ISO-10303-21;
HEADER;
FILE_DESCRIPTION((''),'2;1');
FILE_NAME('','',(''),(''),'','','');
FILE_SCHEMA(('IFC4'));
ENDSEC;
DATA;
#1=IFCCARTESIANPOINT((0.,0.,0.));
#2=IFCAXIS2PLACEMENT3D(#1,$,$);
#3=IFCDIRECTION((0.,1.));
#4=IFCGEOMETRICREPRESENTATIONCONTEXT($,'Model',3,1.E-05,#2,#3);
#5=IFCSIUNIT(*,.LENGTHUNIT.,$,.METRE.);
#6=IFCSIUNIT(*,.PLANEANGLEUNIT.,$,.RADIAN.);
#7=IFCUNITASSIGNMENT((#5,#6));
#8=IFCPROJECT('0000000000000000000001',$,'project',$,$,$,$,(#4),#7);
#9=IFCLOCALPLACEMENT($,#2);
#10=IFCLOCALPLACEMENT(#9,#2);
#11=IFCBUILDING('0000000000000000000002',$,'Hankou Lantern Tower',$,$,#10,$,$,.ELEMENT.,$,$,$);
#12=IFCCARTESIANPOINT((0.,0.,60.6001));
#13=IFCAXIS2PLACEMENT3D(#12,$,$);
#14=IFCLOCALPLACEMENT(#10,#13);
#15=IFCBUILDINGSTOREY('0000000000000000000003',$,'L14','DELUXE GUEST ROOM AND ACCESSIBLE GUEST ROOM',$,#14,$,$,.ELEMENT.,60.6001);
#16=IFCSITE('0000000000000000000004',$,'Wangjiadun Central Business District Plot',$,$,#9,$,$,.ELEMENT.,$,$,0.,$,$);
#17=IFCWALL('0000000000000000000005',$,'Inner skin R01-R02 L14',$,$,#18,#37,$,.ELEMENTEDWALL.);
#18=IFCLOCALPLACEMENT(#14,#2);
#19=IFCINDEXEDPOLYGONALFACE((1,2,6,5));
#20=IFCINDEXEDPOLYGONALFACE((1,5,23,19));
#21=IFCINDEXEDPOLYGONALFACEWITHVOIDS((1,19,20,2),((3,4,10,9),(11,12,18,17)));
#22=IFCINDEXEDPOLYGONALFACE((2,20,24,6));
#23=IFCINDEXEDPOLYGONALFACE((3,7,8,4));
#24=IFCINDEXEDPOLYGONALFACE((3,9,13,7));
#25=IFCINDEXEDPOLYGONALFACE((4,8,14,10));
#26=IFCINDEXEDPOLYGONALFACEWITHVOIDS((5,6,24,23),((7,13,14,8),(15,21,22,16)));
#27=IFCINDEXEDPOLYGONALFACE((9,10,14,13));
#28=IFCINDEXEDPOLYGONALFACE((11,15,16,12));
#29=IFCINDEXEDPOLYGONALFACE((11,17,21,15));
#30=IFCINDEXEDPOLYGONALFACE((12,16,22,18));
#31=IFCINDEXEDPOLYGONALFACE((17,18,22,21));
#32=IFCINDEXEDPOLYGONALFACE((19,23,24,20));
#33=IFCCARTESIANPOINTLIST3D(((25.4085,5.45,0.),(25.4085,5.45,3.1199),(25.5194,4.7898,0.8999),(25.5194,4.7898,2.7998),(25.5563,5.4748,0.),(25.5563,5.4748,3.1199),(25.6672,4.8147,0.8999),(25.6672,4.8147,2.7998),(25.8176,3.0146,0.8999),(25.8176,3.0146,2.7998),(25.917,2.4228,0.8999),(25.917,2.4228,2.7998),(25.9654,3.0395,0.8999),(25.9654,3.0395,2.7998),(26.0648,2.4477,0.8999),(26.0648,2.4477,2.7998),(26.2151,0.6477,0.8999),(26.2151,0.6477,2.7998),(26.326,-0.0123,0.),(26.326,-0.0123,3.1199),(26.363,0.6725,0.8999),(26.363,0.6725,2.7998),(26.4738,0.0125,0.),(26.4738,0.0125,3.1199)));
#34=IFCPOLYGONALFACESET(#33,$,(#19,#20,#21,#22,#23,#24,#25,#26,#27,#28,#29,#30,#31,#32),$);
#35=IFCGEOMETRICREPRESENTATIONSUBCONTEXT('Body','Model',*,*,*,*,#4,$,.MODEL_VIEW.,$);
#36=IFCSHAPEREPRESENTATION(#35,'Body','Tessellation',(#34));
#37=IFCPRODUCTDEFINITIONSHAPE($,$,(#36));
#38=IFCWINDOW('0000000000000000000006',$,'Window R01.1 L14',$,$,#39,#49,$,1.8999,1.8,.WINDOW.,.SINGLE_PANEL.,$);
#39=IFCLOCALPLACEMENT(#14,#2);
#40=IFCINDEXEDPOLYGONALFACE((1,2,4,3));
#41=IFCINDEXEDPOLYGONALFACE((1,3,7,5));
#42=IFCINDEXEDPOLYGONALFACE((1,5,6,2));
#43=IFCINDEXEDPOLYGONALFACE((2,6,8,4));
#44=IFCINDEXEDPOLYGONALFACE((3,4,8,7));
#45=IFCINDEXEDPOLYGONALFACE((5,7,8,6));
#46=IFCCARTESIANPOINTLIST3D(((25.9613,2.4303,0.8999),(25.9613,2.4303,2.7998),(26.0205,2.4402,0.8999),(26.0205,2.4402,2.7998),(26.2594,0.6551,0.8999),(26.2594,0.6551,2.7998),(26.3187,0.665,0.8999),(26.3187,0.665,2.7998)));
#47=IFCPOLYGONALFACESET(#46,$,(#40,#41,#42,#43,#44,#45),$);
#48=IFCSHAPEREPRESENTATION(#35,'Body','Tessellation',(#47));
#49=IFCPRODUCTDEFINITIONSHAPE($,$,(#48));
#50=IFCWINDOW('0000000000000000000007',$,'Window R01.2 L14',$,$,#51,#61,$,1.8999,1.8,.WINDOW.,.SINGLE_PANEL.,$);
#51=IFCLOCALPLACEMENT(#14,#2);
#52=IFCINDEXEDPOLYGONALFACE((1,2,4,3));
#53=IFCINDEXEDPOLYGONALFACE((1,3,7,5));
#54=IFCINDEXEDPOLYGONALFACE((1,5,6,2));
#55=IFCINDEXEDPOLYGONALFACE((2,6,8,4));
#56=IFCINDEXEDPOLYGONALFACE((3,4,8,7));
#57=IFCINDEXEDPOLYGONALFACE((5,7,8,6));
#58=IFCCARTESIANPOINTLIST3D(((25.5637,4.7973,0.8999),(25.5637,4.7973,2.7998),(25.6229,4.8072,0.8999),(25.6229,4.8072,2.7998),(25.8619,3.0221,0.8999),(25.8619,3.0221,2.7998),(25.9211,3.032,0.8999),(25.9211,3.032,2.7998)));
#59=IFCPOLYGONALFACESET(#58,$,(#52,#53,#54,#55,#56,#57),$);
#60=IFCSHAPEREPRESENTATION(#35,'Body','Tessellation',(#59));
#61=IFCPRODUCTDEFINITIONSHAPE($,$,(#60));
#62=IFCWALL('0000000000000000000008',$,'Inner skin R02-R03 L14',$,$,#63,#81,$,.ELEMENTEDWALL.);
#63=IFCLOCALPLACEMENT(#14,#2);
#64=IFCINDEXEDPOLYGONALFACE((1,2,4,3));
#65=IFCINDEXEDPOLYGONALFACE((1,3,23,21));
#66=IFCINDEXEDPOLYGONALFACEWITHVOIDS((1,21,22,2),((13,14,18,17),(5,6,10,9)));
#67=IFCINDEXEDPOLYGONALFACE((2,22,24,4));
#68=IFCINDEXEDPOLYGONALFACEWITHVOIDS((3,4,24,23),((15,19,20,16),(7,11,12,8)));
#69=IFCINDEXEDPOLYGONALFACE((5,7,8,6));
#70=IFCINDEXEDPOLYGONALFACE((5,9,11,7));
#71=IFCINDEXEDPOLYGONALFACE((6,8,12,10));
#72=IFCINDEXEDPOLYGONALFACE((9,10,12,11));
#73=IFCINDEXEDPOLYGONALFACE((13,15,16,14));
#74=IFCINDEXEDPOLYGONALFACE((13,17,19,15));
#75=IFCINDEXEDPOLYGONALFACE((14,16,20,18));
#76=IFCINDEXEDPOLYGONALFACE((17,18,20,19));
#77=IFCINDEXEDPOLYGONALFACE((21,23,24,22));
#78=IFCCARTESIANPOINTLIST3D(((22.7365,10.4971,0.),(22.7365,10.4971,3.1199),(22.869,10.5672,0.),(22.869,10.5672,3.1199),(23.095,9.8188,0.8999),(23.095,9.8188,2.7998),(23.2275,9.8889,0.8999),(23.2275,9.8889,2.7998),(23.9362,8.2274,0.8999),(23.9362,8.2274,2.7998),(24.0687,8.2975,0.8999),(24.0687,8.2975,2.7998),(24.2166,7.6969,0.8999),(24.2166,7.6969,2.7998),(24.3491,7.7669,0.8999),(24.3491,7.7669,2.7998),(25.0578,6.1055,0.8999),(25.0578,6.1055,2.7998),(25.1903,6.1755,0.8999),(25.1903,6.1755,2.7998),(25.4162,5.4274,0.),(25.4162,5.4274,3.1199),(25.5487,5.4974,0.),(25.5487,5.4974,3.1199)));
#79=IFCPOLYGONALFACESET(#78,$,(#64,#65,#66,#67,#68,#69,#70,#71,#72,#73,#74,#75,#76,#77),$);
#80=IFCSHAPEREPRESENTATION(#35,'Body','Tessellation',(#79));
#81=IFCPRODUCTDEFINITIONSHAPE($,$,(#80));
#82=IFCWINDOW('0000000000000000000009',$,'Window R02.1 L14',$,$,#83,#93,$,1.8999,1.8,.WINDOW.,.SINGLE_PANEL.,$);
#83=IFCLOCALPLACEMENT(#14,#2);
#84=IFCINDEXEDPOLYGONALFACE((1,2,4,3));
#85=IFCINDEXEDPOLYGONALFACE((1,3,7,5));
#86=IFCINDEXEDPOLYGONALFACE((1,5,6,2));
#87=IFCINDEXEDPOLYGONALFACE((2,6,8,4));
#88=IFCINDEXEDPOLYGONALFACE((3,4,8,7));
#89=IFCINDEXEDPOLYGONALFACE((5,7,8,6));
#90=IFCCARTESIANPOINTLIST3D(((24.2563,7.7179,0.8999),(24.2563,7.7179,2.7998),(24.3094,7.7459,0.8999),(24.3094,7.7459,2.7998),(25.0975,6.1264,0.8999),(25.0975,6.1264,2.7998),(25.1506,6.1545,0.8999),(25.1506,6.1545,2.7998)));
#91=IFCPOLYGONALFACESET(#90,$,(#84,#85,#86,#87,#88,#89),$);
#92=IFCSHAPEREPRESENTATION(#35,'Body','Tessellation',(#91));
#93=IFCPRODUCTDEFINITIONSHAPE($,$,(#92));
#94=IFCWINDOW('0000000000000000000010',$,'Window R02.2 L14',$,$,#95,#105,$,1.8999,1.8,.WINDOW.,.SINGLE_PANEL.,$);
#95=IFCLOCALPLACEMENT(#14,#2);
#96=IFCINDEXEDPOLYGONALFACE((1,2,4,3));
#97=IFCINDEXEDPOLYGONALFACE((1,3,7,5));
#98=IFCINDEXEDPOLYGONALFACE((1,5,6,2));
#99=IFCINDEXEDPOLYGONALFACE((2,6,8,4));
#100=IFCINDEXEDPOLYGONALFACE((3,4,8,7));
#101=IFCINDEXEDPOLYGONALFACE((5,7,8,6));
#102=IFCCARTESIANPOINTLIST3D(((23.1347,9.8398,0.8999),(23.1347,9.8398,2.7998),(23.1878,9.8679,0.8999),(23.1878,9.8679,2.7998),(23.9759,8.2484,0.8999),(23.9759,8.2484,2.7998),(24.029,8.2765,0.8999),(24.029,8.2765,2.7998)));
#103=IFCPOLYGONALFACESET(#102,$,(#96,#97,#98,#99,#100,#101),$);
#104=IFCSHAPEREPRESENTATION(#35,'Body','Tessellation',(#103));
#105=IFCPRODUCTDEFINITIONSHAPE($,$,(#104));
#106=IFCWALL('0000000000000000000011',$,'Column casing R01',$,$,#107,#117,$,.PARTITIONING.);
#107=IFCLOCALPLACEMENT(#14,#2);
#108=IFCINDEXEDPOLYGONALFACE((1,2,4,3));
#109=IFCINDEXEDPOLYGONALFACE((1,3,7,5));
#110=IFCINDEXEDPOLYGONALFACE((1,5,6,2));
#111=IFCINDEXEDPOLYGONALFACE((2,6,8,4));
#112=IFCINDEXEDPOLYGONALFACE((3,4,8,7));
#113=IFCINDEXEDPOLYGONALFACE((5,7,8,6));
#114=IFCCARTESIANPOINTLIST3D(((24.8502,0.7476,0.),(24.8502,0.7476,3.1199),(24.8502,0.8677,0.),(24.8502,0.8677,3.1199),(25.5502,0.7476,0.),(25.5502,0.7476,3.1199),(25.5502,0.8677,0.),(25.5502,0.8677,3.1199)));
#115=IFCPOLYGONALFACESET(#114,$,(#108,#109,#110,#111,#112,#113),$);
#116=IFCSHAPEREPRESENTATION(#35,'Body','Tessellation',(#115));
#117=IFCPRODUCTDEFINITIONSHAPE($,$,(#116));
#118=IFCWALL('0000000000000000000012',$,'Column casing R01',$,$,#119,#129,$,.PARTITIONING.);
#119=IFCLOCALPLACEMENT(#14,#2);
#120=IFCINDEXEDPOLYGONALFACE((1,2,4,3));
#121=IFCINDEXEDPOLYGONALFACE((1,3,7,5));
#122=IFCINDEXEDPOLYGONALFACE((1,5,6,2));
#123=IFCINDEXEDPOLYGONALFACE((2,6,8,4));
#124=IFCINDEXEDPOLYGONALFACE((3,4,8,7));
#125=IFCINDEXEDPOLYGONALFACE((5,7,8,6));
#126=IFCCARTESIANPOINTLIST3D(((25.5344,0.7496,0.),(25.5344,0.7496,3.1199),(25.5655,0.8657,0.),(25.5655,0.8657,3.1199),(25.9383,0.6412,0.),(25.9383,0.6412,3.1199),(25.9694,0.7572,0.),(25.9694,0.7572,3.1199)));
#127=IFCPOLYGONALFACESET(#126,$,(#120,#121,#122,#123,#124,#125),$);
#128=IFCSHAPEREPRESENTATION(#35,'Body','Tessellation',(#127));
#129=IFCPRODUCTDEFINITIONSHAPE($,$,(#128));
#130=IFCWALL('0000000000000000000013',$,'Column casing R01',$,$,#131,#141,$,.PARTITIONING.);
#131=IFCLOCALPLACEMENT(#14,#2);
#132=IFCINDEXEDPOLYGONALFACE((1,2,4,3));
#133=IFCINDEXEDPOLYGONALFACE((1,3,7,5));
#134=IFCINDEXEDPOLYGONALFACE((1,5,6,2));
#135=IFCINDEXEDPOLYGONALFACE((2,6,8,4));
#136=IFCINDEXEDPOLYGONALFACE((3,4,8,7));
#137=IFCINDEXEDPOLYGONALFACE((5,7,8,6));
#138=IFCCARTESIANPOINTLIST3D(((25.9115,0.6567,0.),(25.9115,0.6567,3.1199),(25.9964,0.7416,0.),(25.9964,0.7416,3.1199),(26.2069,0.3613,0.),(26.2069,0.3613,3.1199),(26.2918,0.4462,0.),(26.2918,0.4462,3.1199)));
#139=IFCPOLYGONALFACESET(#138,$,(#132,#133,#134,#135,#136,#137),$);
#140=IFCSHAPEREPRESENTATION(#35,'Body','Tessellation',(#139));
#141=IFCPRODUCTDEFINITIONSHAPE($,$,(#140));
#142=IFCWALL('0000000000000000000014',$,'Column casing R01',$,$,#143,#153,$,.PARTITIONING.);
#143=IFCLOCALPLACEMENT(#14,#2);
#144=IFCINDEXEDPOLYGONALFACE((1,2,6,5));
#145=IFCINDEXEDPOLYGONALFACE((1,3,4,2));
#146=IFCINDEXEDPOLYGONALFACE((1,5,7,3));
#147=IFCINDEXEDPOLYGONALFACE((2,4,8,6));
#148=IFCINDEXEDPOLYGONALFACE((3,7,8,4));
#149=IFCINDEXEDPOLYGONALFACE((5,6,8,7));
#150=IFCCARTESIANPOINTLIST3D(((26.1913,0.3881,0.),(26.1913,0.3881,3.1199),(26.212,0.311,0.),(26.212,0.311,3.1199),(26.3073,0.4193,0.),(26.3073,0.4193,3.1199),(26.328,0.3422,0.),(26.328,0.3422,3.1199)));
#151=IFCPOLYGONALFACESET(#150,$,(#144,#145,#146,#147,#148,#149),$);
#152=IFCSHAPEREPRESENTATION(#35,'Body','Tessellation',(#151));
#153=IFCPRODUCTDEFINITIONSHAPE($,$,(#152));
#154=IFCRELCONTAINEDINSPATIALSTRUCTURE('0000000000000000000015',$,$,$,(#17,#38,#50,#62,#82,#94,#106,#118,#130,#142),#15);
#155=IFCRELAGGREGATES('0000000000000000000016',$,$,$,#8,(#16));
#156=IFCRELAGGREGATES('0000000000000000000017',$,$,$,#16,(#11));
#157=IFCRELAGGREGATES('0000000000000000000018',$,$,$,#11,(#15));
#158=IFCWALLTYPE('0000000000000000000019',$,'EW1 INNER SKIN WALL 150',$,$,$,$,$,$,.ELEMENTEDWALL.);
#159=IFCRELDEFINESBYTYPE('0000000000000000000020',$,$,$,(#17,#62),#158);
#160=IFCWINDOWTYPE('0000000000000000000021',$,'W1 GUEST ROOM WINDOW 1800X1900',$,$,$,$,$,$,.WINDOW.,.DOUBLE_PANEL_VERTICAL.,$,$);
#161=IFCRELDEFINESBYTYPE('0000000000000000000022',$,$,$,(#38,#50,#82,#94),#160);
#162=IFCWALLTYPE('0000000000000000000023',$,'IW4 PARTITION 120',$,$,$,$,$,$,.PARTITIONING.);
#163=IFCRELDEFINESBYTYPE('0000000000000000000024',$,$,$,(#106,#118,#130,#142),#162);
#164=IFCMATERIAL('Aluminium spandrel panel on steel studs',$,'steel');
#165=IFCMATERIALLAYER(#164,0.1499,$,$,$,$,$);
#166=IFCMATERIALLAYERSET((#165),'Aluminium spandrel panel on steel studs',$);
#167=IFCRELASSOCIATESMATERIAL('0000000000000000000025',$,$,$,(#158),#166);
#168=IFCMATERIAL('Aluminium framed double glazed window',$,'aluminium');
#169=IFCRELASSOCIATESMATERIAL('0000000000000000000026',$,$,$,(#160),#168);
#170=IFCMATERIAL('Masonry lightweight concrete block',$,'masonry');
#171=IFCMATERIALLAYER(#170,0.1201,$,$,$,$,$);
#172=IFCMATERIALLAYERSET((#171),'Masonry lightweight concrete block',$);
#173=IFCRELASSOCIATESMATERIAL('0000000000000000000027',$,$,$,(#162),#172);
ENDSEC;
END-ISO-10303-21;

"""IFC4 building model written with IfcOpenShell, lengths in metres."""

from ifc_helpers import new_model, si_unit, direction, frame, frame_2d, origin, place, context, subcontext, project, spatial, rectangle, extrude, material, layer, layer_set, type_object, element, fill, save


model = new_model("IFC4")

# Units and contexts
model_context = context("Model", 3, precision=1e-05, world=origin(), true_north=direction((0.0, 1.0)))
body_context = subcontext(model_context, "Body", "Model", "MODEL_VIEW")
ifc_project = project(units=[si_unit("LENGTHUNIT", "METRE"), si_unit("PLANEANGLEUNIT", "RADIAN")], contexts=[model_context])

# Site, building, storey
site_placement = place(None, origin())
site = spatial("IfcSite", under=ifc_project, at=site_placement, Name="Wangjiadun Central Business District Plot", CompositionType="ELEMENT", RefElevation=0.0)
building_placement = place(site_placement, origin())
building = spatial("IfcBuilding", under=site, at=building_placement, Name="Hankou Lantern Tower", CompositionType="ELEMENT")
storey_placement = place(building_placement, frame((0.0, 0.0, 60.6001)))
storey = spatial("IfcBuildingStorey", under=building, at=storey_placement, Name="L14", Description="DELUXE GUEST ROOM AND ACCESSIBLE GUEST ROOM", CompositionType="ELEMENT", Elevation=60.6001)

# Walls, openings, windows
ifc_material_1 = material(Name="Aluminium spandrel panel on steel studs", Category="steel")
ifc_layer_1 = layer(ifc_material_1, 0.1499)
ifc_layer_set_1 = layer_set([ifc_layer_1], Name="Aluminium spandrel panel on steel studs")
wall_type_1 = type_object("IfcWallType", Name="EW1 INNER SKIN WALL 150", PredefinedType="ELEMENTEDWALL", material=ifc_layer_set_1)
wall_1_placement = place(storey_placement, frame((26.3999, 0.0, 0.0), z_axis=(0.0, 0.0, 1.0), x_axis=(-0.165643, 0.986186, 0.0)))
wall_1 = element("IfcWall", 1, at=wall_1_placement, inside=storey, type_object=wall_type_1, Name="Inner skin R01-R02 L14", PredefinedType="ELEMENTEDWALL", context=body_context, shape_type="SweptSolid", body=[
    extrude(rectangle(XDim=5.5388, YDim=0.1499, at=frame_2d((2.7695, 0.0))), origin(), (0.0, 0.0, 1.0), 3.1199),
])
opening_1_placement = place(wall_1_placement, frame((0.6694, 0.0, 0.8999)))
opening_1 = element("IfcOpeningElement", 2, at=opening_1_placement, cuts=wall_1, PredefinedType="OPENING", context=body_context, shape_type="SweptSolid", body=[
    extrude(rectangle(XDim=1.8, YDim=1.8999, at=frame_2d((0.8999, 0.95))), frame((0.0, 0.085, 0.0), z_axis=(0.0, -1.0, 0.0), x_axis=(1.0, 0.0, 0.0)), (0.0, 0.0, 1.0), 0.1699),
])
opening_2_placement = place(wall_1_placement, frame((3.0696, 0.0, 0.8999)))
opening_2 = element("IfcOpeningElement", 3, at=opening_2_placement, cuts=wall_1, PredefinedType="OPENING", context=body_context, shape_type="SweptSolid", body=[
    extrude(rectangle(XDim=1.8, YDim=1.8999, at=frame_2d((0.8999, 0.95))), frame((0.0, 0.085, 0.0), z_axis=(0.0, -1.0, 0.0), x_axis=(1.0, 0.0, 0.0)), (0.0, 0.0, 1.0), 0.1699),
])
ifc_material_2 = material(Name="Aluminium framed double glazed window", Category="aluminium")
window_type = type_object("IfcWindowType", Name="W1 GUEST ROOM WINDOW 1800X1900", PartitioningType="DOUBLE_PANEL_VERTICAL", PredefinedType="WINDOW", material=ifc_material_2)
window_1_placement = place(opening_1_placement, origin())
window_1 = element("IfcWindow", 4, at=window_1_placement, inside=storey, type_object=window_type, Name="Window R01.1 L14", OverallHeight=1.8999, OverallWidth=1.8, PartitioningType="SINGLE_PANEL", PredefinedType="WINDOW", context=body_context, shape_type="SweptSolid", body=[
    extrude(rectangle(XDim=1.8, YDim=1.8999, at=frame_2d((0.8999, 0.95))), frame((0.0, 0.03, 0.0), z_axis=(0.0, -1.0, 0.0), x_axis=(1.0, 0.0, 0.0)), (0.0, 0.0, 1.0), 0.0601),
])
fill(opening_1, window_1)
window_2_placement = place(opening_2_placement, origin())
window_2 = element("IfcWindow", 5, at=window_2_placement, inside=storey, type_object=window_type, Name="Window R01.2 L14", OverallHeight=1.8999, OverallWidth=1.8, PartitioningType="SINGLE_PANEL", PredefinedType="WINDOW", context=body_context, shape_type="SweptSolid", body=[
    extrude(rectangle(XDim=1.8, YDim=1.8999, at=frame_2d((0.8999, 0.95))), frame((0.0, 0.03, 0.0), z_axis=(0.0, -1.0, 0.0), x_axis=(1.0, 0.0, 0.0)), (0.0, 0.0, 1.0), 0.0601),
])
fill(opening_2, window_2)
wall_2_placement = place(storey_placement, frame((25.4824, 5.4624, 0.0), z_axis=(0.0, 0.0, 1.0), x_axis=(-0.467297, 0.8841, 0.0)))
wall_2 = element("IfcWall", 6, at=wall_2_placement, inside=storey, type_object=wall_type_1, Name="Inner skin R02-R03 L14", PredefinedType="ELEMENTEDWALL", context=body_context, shape_type="SweptSolid", body=[
    extrude(rectangle(XDim=5.7344, YDim=0.1499, at=frame_2d((2.8672, 0.0))), origin(), (0.0, 0.0, 1.0), 3.1199),
])
opening_3_placement = place(wall_2_placement, frame((0.7671, 0.0, 0.8999)))
opening_3 = element("IfcOpeningElement", 7, at=opening_3_placement, cuts=wall_2, PredefinedType="OPENING", context=body_context, shape_type="SweptSolid", body=[
    extrude(rectangle(XDim=1.8, YDim=1.8999, at=frame_2d((0.8999, 0.95))), frame((0.0, 0.085, 0.0), z_axis=(0.0, -1.0, 0.0), x_axis=(1.0, 0.0, 0.0)), (0.0, 0.0, 1.0), 0.1699),
])
opening_4_placement = place(wall_2_placement, frame((3.1672, 0.0, 0.8999)))
opening_4 = element("IfcOpeningElement", 8, at=opening_4_placement, cuts=wall_2, PredefinedType="OPENING", context=body_context, shape_type="SweptSolid", body=[
    extrude(rectangle(XDim=1.8, YDim=1.8999, at=frame_2d((0.8999, 0.95))), frame((0.0, 0.085, 0.0), z_axis=(0.0, -1.0, 0.0), x_axis=(1.0, 0.0, 0.0)), (0.0, 0.0, 1.0), 0.1699),
])
window_3_placement = place(opening_3_placement, origin())
window_3 = element("IfcWindow", 9, at=window_3_placement, inside=storey, type_object=window_type, Name="Window R02.1 L14", OverallHeight=1.8999, OverallWidth=1.8, PartitioningType="SINGLE_PANEL", PredefinedType="WINDOW", context=body_context, shape_type="SweptSolid", body=[
    extrude(rectangle(XDim=1.8, YDim=1.8999, at=frame_2d((0.8999, 0.95))), frame((0.0, 0.03, 0.0), z_axis=(0.0, -1.0, 0.0), x_axis=(1.0, 0.0, 0.0)), (0.0, 0.0, 1.0), 0.0601),
])
fill(opening_3, window_3)
window_4_placement = place(opening_4_placement, origin())
window_4 = element("IfcWindow", 10, at=window_4_placement, inside=storey, type_object=window_type, Name="Window R02.2 L14", OverallHeight=1.8999, OverallWidth=1.8, PartitioningType="SINGLE_PANEL", PredefinedType="WINDOW", context=body_context, shape_type="SweptSolid", body=[
    extrude(rectangle(XDim=1.8, YDim=1.8999, at=frame_2d((0.8999, 0.95))), frame((0.0, 0.03, 0.0), z_axis=(0.0, -1.0, 0.0), x_axis=(1.0, 0.0, 0.0)), (0.0, 0.0, 1.0), 0.0601),
])
fill(opening_4, window_4)

# Walls
ifc_material_3 = material(Name="Masonry lightweight concrete block", Category="masonry")
ifc_layer_2 = layer(ifc_material_3, 0.1201)
ifc_layer_set_2 = layer_set([ifc_layer_2], Name="Masonry lightweight concrete block")
wall_type_2 = type_object("IfcWallType", Name="IW4 PARTITION 120", PredefinedType="PARTITIONING", material=ifc_layer_set_2)
wall_3_placement = place(storey_placement, frame((24.8501, 0.8076, 0.0), z_axis=(0.0, 0.0, 1.0), x_axis=(1.0, 0.0, 0.0)))
element("IfcWall", 11, at=wall_3_placement, inside=storey, type_object=wall_type_2, Name="Column casing R01", PredefinedType="PARTITIONING", context=body_context, shape_type="SweptSolid", body=[
    extrude(rectangle(XDim=0.7, YDim=0.1201, at=frame_2d((0.3501, 0.0))), origin(), (0.0, 0.0, 1.0), 3.1199),
])
wall_4_placement = place(storey_placement, frame((25.55, 0.8076, 0.0), z_axis=(0.0, 0.0, 1.0), x_axis=(0.965807, -0.259261, 0.0)))
element("IfcWall", 12, at=wall_4_placement, inside=storey, type_object=wall_type_2, Name="Column casing R01", PredefinedType="PARTITIONING", context=body_context, shape_type="SweptSolid", body=[
    extrude(rectangle(XDim=0.4182, YDim=0.1201, at=frame_2d((0.209, 0.0))), origin(), (0.0, 0.0, 1.0), 3.1199),
])
wall_5_placement = place(storey_placement, frame((25.9539, 0.6992, 0.0), z_axis=(0.0, 0.0, 1.0), x_axis=(0.707107, -0.707107, 0.0)))
element("IfcWall", 13, at=wall_5_placement, inside=storey, type_object=wall_type_2, Name="Column casing R01", PredefinedType="PARTITIONING", context=body_context, shape_type="SweptSolid", body=[
    extrude(rectangle(XDim=0.4177, YDim=0.1201, at=frame_2d((0.209, 0.0))), origin(), (0.0, 0.0, 1.0), 3.1199),
])
wall_6_placement = place(storey_placement, frame((26.2493, 0.4038, 0.0), z_axis=(0.0, 0.0, 1.0), x_axis=(0.259754, -0.965675, 0.0)))
element("IfcWall", 14, at=wall_6_placement, inside=storey, type_object=wall_type_2, Name="Column casing R01", PredefinedType="PARTITIONING", context=body_context, shape_type="SweptSolid", body=[
    extrude(rectangle(XDim=0.0798, YDim=0.1201, at=frame_2d((0.04, 0.0))), origin(), (0.0, 0.0, 1.0), 3.1199),
])

save(model, "model.ifc")
